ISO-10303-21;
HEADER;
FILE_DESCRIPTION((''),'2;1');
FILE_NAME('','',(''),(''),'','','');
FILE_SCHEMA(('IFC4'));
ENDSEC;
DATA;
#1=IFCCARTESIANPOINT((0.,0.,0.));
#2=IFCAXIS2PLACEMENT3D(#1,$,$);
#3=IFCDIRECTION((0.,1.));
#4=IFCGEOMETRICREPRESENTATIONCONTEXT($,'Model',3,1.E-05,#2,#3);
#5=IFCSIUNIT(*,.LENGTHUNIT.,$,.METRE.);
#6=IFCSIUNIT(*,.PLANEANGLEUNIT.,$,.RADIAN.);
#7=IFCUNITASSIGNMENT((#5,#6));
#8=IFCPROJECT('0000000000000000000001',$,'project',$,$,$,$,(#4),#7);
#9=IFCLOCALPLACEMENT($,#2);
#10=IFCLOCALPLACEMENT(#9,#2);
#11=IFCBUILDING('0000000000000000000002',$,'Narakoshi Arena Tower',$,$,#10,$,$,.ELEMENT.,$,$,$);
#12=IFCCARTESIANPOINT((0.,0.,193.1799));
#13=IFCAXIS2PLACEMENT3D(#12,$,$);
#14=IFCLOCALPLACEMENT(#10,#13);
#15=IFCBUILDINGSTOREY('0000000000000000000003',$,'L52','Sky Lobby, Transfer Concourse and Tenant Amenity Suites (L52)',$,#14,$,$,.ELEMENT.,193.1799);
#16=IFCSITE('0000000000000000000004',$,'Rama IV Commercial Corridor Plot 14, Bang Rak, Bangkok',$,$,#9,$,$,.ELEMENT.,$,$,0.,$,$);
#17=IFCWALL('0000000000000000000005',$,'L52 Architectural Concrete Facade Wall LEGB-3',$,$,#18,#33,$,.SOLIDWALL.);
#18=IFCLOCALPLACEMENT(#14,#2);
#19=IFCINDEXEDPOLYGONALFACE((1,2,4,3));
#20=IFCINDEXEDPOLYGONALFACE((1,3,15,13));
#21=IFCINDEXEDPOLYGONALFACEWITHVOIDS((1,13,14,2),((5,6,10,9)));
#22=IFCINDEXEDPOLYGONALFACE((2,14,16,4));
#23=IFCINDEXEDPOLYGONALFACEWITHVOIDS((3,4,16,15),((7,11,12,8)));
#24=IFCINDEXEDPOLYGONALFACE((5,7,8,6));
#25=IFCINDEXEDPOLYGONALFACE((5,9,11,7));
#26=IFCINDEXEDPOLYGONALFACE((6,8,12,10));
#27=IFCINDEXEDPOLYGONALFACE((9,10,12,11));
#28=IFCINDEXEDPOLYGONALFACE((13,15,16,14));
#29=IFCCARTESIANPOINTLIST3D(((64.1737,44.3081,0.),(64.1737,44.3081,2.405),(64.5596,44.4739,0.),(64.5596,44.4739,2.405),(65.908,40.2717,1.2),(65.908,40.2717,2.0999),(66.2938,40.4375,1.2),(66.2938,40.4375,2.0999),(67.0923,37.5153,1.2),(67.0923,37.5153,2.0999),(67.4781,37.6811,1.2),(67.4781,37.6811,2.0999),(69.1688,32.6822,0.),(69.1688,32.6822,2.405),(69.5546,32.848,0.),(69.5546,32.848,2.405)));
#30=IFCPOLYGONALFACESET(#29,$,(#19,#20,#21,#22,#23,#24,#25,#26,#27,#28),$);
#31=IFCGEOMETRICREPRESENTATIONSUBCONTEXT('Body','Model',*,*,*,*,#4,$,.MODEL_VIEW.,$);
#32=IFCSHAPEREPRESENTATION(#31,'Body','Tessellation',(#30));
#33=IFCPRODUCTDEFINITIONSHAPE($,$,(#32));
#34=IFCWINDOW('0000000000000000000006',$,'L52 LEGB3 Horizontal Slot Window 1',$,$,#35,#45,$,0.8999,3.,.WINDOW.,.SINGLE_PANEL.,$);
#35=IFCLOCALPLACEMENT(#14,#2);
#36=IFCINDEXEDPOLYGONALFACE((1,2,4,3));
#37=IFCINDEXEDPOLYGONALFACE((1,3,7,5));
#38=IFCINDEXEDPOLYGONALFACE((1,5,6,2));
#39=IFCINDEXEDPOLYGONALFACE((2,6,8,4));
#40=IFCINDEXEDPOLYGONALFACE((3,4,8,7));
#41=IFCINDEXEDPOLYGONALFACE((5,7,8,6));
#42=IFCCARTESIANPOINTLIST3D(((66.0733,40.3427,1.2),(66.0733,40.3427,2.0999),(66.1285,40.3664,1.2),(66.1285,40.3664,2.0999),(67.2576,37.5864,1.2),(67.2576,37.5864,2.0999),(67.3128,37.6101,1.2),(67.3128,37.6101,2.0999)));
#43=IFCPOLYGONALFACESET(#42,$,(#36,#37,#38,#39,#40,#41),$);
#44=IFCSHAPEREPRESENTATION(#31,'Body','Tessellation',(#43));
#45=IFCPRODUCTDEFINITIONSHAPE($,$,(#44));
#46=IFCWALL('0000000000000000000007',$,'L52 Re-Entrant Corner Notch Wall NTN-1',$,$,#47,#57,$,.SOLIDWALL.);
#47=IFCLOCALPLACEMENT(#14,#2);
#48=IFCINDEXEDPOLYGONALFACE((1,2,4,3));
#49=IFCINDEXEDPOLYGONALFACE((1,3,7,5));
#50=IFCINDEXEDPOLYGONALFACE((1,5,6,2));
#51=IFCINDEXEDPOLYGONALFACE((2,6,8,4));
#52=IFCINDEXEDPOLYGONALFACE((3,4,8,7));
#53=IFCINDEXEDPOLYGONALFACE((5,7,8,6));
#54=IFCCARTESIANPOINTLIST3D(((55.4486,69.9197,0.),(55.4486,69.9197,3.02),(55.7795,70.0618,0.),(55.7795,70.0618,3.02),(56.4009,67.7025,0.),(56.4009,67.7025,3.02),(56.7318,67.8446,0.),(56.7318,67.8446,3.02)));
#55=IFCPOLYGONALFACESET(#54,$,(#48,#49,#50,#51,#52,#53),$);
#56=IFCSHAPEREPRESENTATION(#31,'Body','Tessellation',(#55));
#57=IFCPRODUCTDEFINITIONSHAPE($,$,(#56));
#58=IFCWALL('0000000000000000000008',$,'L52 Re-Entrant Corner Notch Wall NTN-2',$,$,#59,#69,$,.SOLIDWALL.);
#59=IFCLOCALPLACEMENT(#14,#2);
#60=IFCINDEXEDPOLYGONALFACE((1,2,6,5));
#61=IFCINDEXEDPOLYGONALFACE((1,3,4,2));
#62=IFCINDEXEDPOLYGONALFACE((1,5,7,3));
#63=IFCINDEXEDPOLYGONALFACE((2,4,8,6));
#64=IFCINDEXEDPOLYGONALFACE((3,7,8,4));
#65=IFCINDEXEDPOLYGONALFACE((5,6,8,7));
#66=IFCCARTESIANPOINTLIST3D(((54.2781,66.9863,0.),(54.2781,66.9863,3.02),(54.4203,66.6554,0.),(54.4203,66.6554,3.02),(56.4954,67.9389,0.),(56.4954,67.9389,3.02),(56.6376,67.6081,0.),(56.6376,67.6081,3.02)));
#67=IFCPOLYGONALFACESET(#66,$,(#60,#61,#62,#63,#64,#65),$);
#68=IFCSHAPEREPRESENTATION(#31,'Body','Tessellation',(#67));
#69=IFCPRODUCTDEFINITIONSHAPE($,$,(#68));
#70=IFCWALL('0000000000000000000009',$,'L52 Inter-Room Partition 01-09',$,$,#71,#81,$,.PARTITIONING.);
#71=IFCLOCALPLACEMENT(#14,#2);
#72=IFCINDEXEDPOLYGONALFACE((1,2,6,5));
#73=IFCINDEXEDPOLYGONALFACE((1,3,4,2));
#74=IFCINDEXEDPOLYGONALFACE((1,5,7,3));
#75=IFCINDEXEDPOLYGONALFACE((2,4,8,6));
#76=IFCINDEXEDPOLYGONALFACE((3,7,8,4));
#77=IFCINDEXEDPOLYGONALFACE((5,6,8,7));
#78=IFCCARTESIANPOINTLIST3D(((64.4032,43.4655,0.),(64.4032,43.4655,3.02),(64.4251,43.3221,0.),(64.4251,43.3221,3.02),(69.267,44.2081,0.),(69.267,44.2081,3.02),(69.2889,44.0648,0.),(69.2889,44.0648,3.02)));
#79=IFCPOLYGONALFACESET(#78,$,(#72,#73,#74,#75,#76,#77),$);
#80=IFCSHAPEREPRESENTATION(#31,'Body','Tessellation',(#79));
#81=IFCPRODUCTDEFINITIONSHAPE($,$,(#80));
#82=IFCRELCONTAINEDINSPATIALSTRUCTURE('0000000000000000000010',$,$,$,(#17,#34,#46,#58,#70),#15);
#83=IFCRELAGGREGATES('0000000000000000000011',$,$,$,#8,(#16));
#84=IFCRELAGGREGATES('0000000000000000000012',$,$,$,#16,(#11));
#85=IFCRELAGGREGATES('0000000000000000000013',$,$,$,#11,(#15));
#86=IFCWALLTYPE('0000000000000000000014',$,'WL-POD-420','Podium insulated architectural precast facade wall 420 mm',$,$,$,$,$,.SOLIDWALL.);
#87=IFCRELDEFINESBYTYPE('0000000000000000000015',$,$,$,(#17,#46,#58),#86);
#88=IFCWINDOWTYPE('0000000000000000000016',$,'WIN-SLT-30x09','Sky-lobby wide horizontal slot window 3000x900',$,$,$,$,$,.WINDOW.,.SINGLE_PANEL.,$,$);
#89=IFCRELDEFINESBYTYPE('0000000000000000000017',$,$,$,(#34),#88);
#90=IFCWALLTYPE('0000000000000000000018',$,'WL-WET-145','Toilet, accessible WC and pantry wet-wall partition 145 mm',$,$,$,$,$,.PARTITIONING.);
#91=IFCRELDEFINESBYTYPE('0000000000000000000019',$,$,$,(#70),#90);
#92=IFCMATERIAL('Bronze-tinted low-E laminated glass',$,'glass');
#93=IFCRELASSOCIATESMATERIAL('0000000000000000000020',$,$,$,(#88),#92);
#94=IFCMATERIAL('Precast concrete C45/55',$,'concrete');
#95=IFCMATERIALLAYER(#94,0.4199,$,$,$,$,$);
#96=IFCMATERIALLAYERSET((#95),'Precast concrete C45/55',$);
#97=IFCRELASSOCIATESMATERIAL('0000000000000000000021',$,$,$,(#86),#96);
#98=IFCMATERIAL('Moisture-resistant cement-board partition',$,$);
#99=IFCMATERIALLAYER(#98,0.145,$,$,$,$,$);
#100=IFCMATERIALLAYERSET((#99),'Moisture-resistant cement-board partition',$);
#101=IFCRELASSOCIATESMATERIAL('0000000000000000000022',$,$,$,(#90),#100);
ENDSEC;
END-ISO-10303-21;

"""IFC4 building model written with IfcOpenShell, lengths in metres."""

from ifc_helpers import new_model, si_unit, direction, frame, frame_2d, origin, place, context, subcontext, project, spatial, rectangle, extrude, material, layer, layer_set, type_object, element, fill, save


model = new_model("IFC4")

# Units and contexts
model_context = context("Model", 3, precision=1e-05, world=origin(), true_north=direction((0.0, 1.0)))
body_context = subcontext(model_context, "Body", "Model", "MODEL_VIEW")
ifc_project = project(units=[si_unit("LENGTHUNIT", "METRE"), si_unit("PLANEANGLEUNIT", "RADIAN")], contexts=[model_context])

# Site, building, storey
site_placement = place(None, origin())
site = spatial("IfcSite", under=ifc_project, at=site_placement, Name="Rama IV Commercial Corridor Plot 14, Bang Rak, Bangkok", CompositionType="ELEMENT", RefElevation=0.0)
building_placement = place(site_placement, origin())
building = spatial("IfcBuilding", under=site, at=building_placement, Name="Narakoshi Arena Tower", CompositionType="ELEMENT")
storey_placement = place(building_placement, frame((0.0, 0.0, 193.1799)))
storey = spatial("IfcBuildingStorey", under=building, at=storey_placement, Name="L52", Description="Sky Lobby, Transfer Concourse and Tenant Amenity Suites (L52)", CompositionType="ELEMENT", Elevation=193.1799)

# Shared definitions
ifc_material_1 = material(Name="Bronze-tinted low-E laminated glass", Category="glass")

# Shared definitions
window_type = type_object("IfcWindowType", Name="WIN-SLT-30x09", Description="Sky-lobby wide horizontal slot window 3000x900", PartitioningType="SINGLE_PANEL", PredefinedType="WINDOW", material=ifc_material_1)

# Shared definitions
ifc_material_2 = material(Name="Precast concrete C45/55", Category="concrete")
ifc_layer_1 = layer(ifc_material_2, 0.4199)
ifc_layer_set_1 = layer_set([ifc_layer_1], Name="Precast concrete C45/55")
wall_type_1 = type_object("IfcWallType", Name="WL-POD-420", Description="Podium insulated architectural precast facade wall 420 mm", PredefinedType="SOLIDWALL", material=ifc_layer_set_1)

# Wall, opening, window
wall_1_placement = place(storey_placement, frame((64.3667, 44.3909, 0.0), z_axis=(0.0, 0.0, 1.0), x_axis=(0.394757, -0.918785, 0.0)))
wall_1 = element("IfcWall", 1, at=wall_1_placement, inside=storey, type_object=wall_type_1, Name="L52 Architectural Concrete Facade Wall LEGB-3", PredefinedType="SOLIDWALL", context=body_context, shape_type="SweptSolid", body=[
    extrude(rectangle(XDim=12.6536, YDim=0.4199, at=frame_2d((6.3267, 0.0))), origin(), (0.0, 0.0, 1.0), 2.405),
])
opening_1_placement = place(wall_1_placement, frame((4.3931, 0.0, 1.2)))
opening_1 = element("IfcOpeningElement", 2, at=opening_1_placement, cuts=wall_1, PredefinedType="OPENING", context=body_context, shape_type="SweptSolid", body=[
    extrude(rectangle(XDim=3.0, YDim=0.8999, at=frame_2d((1.5, 0.45))), frame((0.0, 0.22, 0.0), z_axis=(0.0, -1.0, 0.0), x_axis=(1.0, 0.0, 0.0)), (0.0, 0.0, 1.0), 0.4399),
])
window_1_placement = place(opening_1_placement, origin())
window_1 = element("IfcWindow", 3, at=window_1_placement, inside=storey, type_object=window_type, Name="L52 LEGB3 Horizontal Slot Window 1", OverallHeight=0.8999, OverallWidth=3.0, PartitioningType="SINGLE_PANEL", PredefinedType="WINDOW", context=body_context, shape_type="SweptSolid", body=[
    extrude(rectangle(XDim=3.0, YDim=0.8999, at=frame_2d((1.5, 0.45))), frame((0.0, 0.03, 0.0), z_axis=(0.0, -1.0, 0.0), x_axis=(1.0, 0.0, 0.0)), (0.0, 0.0, 1.0), 0.0601),
])
fill(opening_1, window_1)

# Walls
wall_2_placement = place(storey_placement, frame((55.614, 69.9907, 0.0), z_axis=(0.0, 0.0, 1.0), x_axis=(0.394664, -0.918826, 0.0)))
element("IfcWall", 4, at=wall_2_placement, inside=storey, type_object=wall_type_1, Name="L52 Re-Entrant Corner Notch Wall NTN-1", PredefinedType="SOLIDWALL", context=body_context, shape_type="SweptSolid", body=[
    extrude(rectangle(XDim=2.4131, YDim=0.3601, at=frame_2d((1.2065, 0.0))), origin(), (0.0, 0.0, 1.0), 3.02),
])
wall_3_placement = place(storey_placement, frame((56.5664, 67.7734, 0.0), z_axis=(0.0, 0.0, 1.0), x_axis=(-0.918789, -0.394749, 0.0)))
element("IfcWall", 5, at=wall_3_placement, inside=storey, type_object=wall_type_1, Name="L52 Re-Entrant Corner Notch Wall NTN-2", PredefinedType="SOLIDWALL", context=body_context, shape_type="SweptSolid", body=[
    extrude(rectangle(XDim=2.4133, YDim=0.3601, at=frame_2d((1.2065, 0.0))), origin(), (0.0, 0.0, 1.0), 3.02),
])
ifc_material_3 = material(Name="Moisture-resistant cement-board partition")
ifc_layer_2 = layer(ifc_material_3, 0.145)
ifc_layer_set_2 = layer_set([ifc_layer_2], Name="Moisture-resistant cement-board partition")
wall_type_2 = type_object("IfcWallType", Name="WL-WET-145", Description="Toilet, accessible WC and pantry wet-wall partition 145 mm", PredefinedType="PARTITIONING", material=ifc_layer_set_2)
wall_4_placement = place(storey_placement, frame((64.4143, 43.3938, 0.0), z_axis=(0.0, 0.0, 1.0), x_axis=(0.988542, 0.150946, 0.0)))
element("IfcWall", 6, at=wall_4_placement, inside=storey, type_object=wall_type_2, Name="L52 Inter-Room Partition 01-09", PredefinedType="PARTITIONING", context=body_context, shape_type="SweptSolid", body=[
    extrude(rectangle(XDim=4.9202, YDim=0.145, at=frame_2d((2.46, 0.0))), origin(), (0.0, 0.0, 1.0), 3.02),
])

save(model, "model.ifc")
